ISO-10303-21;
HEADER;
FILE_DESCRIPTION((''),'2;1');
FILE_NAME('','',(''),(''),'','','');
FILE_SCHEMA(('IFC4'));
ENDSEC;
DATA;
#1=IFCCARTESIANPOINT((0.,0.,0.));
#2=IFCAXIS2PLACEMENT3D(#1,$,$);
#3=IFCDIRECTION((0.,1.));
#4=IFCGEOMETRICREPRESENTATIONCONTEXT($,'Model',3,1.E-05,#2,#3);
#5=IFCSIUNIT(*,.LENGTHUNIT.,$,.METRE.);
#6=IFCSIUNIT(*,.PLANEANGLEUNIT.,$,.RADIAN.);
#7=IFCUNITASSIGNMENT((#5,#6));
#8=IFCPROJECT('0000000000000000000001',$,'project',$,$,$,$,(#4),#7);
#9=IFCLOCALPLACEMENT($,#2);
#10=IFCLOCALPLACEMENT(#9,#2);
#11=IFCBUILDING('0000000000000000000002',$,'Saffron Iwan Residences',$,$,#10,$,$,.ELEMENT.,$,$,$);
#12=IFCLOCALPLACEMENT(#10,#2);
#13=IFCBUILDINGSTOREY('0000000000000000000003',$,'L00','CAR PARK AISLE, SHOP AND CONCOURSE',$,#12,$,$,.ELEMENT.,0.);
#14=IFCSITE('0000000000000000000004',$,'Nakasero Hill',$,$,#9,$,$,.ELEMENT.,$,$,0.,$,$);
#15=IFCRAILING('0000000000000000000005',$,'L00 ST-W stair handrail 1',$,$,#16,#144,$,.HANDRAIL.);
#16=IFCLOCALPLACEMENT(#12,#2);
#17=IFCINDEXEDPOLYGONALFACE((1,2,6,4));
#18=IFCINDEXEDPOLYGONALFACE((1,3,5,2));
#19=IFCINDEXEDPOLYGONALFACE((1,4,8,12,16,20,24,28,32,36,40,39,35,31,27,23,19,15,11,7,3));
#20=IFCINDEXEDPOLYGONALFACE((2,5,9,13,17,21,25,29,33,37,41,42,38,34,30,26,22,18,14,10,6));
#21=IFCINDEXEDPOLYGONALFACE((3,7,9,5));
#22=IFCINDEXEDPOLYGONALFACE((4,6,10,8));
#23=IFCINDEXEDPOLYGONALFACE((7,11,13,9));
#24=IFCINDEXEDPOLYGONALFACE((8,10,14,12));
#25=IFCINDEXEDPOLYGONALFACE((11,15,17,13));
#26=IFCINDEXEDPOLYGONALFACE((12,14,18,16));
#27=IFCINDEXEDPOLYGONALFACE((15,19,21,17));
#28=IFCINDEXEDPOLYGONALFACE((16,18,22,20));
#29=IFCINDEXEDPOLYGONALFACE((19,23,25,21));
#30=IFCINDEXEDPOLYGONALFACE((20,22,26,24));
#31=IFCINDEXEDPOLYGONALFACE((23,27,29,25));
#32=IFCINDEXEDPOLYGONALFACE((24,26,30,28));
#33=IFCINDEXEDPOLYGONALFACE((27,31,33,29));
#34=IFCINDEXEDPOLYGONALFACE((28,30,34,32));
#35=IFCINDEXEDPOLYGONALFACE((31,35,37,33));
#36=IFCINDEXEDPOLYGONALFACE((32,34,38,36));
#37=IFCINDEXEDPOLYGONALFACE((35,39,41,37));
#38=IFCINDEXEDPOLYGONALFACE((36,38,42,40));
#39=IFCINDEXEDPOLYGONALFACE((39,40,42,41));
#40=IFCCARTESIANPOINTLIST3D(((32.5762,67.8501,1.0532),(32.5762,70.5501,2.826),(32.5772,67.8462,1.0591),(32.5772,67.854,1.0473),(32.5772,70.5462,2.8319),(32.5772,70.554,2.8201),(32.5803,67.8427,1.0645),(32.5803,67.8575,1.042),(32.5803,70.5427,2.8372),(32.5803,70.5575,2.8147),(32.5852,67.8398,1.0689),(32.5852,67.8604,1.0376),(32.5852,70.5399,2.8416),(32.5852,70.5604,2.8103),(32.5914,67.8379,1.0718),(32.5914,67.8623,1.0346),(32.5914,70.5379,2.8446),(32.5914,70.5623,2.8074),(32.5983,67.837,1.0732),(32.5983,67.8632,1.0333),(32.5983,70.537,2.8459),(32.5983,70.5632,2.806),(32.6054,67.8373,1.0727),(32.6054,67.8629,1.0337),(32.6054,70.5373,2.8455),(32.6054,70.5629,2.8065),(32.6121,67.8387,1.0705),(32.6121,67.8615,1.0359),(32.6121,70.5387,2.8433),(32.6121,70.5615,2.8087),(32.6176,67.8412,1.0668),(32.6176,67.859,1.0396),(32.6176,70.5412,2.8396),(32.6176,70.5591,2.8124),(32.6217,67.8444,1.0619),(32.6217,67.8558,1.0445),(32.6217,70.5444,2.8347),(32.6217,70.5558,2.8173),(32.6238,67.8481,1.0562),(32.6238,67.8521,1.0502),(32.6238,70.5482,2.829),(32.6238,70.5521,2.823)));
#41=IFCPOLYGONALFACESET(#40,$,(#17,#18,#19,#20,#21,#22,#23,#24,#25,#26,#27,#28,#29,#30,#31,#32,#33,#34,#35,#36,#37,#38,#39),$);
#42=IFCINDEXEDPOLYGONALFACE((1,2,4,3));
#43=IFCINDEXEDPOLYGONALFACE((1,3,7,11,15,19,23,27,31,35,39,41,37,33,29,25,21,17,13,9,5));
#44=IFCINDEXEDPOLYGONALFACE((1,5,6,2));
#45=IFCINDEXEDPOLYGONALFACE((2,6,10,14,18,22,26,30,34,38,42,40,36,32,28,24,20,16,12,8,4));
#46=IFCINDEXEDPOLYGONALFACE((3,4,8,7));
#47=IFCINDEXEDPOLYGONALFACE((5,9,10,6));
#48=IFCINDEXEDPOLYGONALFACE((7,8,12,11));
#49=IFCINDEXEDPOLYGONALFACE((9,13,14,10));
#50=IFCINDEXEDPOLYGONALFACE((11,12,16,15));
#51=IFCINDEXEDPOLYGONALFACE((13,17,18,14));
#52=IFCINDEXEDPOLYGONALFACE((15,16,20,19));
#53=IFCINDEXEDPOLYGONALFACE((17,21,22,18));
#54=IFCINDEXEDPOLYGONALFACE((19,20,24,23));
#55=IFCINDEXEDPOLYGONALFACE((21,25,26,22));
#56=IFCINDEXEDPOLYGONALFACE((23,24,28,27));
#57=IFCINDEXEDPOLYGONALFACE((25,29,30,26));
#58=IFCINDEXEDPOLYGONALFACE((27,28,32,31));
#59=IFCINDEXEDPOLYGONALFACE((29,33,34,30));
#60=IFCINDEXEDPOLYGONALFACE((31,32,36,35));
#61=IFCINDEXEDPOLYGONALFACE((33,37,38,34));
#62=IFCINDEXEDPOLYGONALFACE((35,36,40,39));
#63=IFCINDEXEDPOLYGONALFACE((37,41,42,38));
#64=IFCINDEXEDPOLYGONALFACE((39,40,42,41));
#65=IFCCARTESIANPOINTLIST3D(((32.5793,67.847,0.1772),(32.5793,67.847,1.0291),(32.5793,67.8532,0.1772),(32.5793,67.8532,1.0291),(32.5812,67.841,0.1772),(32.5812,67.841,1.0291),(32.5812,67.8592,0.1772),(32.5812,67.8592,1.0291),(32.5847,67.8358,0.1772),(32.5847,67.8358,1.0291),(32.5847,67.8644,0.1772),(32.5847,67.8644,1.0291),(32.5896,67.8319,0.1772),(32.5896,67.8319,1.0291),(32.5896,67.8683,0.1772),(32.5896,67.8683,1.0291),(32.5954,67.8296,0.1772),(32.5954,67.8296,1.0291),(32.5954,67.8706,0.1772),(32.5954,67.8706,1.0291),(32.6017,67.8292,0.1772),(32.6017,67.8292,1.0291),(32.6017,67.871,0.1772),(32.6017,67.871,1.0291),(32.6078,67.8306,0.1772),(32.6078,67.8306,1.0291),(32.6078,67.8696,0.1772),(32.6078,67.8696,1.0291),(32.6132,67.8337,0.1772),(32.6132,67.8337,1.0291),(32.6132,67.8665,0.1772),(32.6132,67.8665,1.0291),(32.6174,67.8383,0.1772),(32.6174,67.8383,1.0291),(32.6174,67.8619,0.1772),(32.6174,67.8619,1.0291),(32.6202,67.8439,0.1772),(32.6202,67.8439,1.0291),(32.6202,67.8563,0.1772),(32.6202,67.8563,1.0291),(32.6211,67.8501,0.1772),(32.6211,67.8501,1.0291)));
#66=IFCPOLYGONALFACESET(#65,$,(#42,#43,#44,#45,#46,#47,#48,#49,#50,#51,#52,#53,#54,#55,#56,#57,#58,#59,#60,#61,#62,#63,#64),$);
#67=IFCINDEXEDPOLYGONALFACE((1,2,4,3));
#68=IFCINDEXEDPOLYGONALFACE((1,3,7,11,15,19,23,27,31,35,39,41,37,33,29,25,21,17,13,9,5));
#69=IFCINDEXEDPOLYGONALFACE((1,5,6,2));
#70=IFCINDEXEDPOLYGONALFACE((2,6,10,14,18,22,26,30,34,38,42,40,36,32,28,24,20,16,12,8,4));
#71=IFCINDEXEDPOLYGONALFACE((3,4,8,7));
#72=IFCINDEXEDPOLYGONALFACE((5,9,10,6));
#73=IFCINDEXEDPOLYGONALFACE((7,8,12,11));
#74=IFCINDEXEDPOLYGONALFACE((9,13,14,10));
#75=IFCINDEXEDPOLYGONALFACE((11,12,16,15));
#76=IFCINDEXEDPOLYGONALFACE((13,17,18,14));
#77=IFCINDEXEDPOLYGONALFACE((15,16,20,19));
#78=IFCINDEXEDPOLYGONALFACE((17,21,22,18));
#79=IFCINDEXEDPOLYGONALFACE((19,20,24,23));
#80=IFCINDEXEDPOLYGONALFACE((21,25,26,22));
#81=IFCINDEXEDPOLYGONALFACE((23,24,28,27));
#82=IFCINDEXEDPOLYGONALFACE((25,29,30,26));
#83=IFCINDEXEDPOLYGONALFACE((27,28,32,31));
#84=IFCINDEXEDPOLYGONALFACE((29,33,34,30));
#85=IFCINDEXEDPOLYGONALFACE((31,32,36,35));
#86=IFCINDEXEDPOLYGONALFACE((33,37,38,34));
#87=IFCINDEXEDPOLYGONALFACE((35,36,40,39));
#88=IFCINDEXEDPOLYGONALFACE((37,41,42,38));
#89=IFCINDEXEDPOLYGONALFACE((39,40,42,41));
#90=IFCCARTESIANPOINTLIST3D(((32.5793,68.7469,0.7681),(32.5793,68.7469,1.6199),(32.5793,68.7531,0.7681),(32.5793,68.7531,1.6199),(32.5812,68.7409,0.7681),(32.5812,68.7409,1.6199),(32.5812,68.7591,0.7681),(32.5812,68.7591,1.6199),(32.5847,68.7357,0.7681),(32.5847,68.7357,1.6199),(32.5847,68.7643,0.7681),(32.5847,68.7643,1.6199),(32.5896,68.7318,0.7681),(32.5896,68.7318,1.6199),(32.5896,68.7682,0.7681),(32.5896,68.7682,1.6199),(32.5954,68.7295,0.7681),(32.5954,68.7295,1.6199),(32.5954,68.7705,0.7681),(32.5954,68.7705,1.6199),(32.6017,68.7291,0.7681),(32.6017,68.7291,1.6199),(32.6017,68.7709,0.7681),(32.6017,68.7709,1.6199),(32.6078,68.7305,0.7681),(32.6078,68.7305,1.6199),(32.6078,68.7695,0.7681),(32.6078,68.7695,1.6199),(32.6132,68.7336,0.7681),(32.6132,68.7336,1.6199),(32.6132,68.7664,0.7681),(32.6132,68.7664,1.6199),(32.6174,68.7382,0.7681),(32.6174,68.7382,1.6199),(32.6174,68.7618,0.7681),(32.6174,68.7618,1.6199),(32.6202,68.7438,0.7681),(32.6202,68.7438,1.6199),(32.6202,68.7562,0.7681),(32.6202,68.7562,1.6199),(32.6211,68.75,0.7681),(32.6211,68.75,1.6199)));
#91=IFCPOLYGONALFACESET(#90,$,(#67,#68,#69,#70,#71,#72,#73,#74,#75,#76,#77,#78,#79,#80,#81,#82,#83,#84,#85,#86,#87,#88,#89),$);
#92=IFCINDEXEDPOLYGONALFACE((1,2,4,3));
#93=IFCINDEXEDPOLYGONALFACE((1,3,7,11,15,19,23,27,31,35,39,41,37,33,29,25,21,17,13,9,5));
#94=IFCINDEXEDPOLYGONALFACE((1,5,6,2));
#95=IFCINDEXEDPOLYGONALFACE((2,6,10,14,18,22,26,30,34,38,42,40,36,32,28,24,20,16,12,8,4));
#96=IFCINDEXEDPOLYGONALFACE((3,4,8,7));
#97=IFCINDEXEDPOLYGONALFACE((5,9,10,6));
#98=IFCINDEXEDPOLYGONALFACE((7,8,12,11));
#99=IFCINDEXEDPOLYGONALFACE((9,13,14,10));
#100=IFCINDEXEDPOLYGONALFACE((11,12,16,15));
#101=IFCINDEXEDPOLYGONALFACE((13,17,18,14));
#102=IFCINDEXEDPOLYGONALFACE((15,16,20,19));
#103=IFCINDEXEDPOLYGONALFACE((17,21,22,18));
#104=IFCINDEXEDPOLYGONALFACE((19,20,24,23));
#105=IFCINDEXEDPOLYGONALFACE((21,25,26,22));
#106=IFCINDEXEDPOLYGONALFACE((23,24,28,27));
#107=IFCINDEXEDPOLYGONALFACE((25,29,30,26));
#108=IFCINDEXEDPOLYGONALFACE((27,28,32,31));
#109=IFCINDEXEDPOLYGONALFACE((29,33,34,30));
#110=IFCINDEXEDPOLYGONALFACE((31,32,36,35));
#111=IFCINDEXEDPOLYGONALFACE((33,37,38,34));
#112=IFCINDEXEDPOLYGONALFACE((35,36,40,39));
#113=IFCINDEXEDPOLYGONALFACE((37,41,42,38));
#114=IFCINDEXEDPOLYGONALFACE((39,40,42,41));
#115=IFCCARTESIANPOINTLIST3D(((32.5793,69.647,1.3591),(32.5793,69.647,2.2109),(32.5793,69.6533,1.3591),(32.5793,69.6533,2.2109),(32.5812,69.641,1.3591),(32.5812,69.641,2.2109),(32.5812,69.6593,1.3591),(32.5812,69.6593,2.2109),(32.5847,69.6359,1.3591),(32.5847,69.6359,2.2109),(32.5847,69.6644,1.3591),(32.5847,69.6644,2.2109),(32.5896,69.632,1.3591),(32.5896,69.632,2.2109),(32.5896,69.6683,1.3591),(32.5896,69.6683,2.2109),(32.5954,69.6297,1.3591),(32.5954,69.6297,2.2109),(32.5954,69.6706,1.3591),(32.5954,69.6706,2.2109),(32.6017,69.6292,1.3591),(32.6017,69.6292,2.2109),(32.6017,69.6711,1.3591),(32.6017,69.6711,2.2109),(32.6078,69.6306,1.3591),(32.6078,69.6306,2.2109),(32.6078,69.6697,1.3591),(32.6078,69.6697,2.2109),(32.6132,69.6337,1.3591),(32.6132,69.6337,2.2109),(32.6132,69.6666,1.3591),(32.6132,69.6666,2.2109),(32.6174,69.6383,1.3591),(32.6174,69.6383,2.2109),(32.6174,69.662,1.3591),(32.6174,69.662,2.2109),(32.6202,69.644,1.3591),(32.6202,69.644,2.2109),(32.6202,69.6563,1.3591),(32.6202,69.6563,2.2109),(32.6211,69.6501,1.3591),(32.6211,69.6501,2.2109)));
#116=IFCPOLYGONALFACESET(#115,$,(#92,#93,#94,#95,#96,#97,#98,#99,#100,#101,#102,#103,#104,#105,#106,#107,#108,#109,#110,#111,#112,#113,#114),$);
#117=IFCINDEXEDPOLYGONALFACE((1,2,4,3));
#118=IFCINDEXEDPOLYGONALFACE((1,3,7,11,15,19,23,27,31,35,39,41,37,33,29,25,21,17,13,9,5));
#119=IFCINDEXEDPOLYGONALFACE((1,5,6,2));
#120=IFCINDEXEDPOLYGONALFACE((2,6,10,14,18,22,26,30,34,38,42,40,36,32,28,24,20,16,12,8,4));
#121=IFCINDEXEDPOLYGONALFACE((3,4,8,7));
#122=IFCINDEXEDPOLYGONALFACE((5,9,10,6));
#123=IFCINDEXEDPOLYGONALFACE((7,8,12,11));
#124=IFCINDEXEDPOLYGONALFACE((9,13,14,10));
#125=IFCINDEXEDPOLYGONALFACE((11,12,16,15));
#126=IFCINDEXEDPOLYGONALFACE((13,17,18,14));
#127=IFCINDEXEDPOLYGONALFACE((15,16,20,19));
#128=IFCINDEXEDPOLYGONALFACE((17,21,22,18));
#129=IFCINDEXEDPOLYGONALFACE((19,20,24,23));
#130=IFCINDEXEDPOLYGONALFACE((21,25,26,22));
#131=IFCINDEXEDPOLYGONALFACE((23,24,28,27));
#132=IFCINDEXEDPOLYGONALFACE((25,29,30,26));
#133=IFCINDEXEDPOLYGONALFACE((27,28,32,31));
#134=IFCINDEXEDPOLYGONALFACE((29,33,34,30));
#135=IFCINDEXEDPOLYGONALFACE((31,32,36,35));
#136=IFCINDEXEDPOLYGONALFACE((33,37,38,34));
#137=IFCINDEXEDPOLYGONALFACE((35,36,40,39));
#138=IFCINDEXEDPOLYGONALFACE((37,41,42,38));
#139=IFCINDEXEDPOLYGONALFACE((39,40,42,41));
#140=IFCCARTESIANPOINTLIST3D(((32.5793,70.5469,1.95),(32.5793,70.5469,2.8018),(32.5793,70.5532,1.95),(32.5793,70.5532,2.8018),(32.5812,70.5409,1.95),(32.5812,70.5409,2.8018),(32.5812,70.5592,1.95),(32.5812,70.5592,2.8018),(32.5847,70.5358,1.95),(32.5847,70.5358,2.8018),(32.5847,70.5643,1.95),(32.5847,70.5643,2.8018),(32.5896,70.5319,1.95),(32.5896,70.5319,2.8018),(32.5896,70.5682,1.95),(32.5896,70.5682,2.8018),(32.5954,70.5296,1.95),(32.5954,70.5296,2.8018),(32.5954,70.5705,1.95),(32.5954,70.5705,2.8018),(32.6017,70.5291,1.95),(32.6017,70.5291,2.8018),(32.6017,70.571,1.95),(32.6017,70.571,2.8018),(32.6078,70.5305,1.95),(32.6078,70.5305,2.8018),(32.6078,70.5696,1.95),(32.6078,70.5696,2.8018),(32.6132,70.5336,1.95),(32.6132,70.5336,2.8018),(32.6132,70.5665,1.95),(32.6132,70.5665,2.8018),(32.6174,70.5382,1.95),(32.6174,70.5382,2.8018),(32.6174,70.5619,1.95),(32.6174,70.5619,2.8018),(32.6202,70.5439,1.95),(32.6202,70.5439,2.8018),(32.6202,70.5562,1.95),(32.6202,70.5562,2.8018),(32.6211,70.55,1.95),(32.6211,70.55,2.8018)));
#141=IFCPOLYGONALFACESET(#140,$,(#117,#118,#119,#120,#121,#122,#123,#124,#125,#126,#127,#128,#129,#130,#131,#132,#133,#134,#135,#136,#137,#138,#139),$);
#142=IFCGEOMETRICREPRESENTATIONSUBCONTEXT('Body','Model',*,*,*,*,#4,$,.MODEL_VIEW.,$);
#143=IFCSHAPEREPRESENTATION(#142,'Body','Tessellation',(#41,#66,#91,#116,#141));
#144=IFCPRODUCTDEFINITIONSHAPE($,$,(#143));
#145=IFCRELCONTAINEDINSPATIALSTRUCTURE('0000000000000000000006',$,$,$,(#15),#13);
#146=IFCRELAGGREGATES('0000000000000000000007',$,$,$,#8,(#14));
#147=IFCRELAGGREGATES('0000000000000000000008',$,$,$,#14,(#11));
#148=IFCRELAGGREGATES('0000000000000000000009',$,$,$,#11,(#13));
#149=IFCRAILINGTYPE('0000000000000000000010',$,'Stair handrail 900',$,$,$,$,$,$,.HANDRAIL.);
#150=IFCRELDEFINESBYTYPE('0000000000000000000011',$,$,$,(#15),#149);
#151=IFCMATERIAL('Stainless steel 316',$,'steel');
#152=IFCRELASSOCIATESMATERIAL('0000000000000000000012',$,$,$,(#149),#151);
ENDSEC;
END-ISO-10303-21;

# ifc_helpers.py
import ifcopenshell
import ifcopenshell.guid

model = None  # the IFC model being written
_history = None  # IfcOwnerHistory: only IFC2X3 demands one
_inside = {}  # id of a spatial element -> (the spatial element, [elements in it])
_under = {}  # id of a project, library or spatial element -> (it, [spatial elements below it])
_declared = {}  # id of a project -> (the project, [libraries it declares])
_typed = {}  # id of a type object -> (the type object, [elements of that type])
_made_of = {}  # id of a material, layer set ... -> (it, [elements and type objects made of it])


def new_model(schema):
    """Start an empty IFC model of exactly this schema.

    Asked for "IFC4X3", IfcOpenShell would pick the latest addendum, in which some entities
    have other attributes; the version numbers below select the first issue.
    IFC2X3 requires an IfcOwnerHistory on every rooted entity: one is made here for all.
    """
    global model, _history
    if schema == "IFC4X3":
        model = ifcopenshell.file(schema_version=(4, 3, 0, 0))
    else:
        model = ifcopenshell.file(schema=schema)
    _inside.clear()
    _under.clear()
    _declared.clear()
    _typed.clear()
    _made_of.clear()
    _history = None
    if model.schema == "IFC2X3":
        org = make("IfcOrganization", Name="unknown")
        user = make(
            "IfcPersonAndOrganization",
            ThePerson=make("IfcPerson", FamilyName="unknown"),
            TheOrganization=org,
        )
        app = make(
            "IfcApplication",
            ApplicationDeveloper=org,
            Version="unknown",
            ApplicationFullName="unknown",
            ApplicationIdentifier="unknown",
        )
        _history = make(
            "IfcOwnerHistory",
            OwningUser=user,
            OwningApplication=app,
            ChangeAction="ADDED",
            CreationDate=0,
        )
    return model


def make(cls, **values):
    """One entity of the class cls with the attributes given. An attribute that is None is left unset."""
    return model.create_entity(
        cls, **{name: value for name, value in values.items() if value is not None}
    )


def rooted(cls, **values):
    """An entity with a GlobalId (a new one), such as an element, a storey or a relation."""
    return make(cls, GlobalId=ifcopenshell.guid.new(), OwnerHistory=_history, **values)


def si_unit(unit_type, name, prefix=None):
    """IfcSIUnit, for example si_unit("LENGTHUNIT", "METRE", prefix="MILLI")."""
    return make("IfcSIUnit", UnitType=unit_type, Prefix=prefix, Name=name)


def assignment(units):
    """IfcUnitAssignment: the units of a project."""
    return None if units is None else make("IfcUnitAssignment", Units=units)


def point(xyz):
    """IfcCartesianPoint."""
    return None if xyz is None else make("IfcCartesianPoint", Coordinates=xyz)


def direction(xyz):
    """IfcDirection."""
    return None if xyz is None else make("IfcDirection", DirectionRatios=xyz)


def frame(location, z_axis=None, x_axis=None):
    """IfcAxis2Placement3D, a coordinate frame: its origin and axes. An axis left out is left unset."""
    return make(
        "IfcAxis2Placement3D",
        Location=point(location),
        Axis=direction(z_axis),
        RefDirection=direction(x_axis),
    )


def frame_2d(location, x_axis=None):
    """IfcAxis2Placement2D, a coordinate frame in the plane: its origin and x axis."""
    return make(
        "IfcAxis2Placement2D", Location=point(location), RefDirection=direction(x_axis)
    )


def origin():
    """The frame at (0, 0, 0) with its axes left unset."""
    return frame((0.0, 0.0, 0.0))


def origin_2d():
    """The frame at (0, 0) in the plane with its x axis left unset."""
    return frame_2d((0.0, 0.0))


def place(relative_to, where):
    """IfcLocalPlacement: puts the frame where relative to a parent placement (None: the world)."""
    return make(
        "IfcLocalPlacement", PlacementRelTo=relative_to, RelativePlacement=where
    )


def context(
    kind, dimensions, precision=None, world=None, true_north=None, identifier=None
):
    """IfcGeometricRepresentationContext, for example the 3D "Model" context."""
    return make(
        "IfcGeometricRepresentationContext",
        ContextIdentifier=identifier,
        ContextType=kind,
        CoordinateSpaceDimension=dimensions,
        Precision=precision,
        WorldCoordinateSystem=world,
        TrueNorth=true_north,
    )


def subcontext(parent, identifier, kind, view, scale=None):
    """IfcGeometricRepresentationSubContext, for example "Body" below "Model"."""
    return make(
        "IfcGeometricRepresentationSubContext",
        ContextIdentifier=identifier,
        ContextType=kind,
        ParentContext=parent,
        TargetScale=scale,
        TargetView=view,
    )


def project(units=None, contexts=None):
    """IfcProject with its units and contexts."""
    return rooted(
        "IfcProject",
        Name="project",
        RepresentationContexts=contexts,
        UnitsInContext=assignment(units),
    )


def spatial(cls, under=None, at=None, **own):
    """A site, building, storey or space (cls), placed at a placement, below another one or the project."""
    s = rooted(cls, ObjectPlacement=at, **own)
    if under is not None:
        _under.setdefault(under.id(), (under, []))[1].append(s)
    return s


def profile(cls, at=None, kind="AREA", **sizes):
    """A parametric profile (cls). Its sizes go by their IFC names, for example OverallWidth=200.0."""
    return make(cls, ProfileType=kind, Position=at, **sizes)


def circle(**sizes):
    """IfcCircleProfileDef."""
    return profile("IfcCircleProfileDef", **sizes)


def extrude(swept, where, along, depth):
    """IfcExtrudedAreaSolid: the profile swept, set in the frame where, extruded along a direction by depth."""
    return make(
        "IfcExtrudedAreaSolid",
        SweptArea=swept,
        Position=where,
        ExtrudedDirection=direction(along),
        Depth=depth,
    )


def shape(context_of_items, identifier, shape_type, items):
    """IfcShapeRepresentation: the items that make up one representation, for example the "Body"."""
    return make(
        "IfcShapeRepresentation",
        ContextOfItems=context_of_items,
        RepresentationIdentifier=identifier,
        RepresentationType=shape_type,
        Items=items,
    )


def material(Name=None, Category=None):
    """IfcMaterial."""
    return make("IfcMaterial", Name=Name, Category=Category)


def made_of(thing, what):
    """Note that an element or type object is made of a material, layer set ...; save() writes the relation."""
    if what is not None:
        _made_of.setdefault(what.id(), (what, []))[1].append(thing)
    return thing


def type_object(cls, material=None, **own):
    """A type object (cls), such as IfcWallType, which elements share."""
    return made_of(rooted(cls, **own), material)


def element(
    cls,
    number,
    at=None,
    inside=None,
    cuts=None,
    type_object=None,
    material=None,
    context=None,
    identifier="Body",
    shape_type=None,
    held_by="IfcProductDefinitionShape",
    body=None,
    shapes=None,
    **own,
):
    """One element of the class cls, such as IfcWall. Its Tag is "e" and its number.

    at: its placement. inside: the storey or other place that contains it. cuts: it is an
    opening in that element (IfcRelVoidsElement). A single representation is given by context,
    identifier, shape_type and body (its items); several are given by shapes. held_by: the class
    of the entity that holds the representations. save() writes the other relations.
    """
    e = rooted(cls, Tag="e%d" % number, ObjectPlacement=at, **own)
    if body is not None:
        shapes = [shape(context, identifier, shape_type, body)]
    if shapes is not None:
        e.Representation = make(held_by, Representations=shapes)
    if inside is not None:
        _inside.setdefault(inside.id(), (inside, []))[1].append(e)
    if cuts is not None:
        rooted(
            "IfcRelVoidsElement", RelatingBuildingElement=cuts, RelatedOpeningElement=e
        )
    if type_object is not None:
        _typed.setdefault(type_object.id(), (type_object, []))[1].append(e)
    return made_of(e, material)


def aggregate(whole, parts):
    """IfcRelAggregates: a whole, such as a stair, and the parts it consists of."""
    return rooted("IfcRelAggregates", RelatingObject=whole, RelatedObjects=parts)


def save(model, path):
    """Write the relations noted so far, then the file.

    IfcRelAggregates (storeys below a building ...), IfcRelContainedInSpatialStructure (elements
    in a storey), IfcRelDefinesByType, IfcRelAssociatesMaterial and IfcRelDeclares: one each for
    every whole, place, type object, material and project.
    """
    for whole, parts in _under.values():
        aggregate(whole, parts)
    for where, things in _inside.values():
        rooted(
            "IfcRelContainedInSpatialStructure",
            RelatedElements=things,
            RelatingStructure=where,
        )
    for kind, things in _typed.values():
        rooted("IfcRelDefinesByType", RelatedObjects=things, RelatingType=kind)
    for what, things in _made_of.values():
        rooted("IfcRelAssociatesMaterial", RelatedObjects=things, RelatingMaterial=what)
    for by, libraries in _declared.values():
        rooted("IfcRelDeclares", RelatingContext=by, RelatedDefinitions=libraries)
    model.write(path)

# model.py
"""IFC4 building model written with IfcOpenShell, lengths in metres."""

from ifc_helpers import new_model, si_unit, direction, frame, origin, origin_2d, place, context, subcontext, project, spatial, circle, extrude, material, type_object, element, save


model = new_model("IFC4")

# Units and contexts
model_context = context("Model", 3, precision=1e-05, world=origin(), true_north=direction((0.0, 1.0)))
body_context = subcontext(model_context, "Body", "Model", "MODEL_VIEW")
ifc_project = project(units=[si_unit("LENGTHUNIT", "METRE"), si_unit("PLANEANGLEUNIT", "RADIAN")], contexts=[model_context])

# Site, building, storey
site_placement = place(None, origin())
site = spatial("IfcSite", under=ifc_project, at=site_placement, Name="Nakasero Hill", CompositionType="ELEMENT", RefElevation=0.0)
building_placement = place(site_placement, origin())
building = spatial("IfcBuilding", under=site, at=building_placement, Name="Saffron Iwan Residences", CompositionType="ELEMENT")
storey_placement = place(building_placement, origin())
storey = spatial("IfcBuildingStorey", under=building, at=storey_placement, Name="L00", Description="CAR PARK AISLE, SHOP AND CONCOURSE", CompositionType="ELEMENT", Elevation=0.0)

# Railing
ifc_material_1 = material(Name="Stainless steel 316", Category="steel")
railing_type_1 = type_object("IfcRailingType", Name="Stair handrail 900", PredefinedType="HANDRAIL", material=ifc_material_1)
for number, where, name in (
    (1, (32.6001, 67.8501, 0.1772), "L00 ST-W stair handrail 1"),
):
    element("IfcRailing", number, at=place(storey_placement, frame(where)), inside=storey, type_object=railing_type_1, Name=name, PredefinedType="HANDRAIL", context=body_context, shape_type="SweptSolid", body=[
        extrude(circle(Radius=0.0239, at=origin_2d()), frame((0.0, 0.0, 0.876), z_axis=(0.0, 0.835925, 0.548843), x_axis=(-1.0, 0.0, 0.0)), (0.0, 0.0, 1.0), 3.23),
        extrude(circle(Radius=0.021, at=origin_2d()), origin(), (0.0, 0.0, 1.0), 0.8518),
        extrude(circle(Radius=0.021, at=origin_2d()), frame((0.0, 0.8999, 0.5908)), (0.0, 0.0, 1.0), 0.8518),
        extrude(circle(Radius=0.021, at=origin_2d()), frame((0.0, 1.8, 1.1819)), (0.0, 0.0, 1.0), 0.8518),
        extrude(circle(Radius=0.021, at=origin_2d()), frame((0.0, 2.7, 1.7727)), (0.0, 0.0, 1.0), 0.8518),
    ])

save(model, "model.ifc")
